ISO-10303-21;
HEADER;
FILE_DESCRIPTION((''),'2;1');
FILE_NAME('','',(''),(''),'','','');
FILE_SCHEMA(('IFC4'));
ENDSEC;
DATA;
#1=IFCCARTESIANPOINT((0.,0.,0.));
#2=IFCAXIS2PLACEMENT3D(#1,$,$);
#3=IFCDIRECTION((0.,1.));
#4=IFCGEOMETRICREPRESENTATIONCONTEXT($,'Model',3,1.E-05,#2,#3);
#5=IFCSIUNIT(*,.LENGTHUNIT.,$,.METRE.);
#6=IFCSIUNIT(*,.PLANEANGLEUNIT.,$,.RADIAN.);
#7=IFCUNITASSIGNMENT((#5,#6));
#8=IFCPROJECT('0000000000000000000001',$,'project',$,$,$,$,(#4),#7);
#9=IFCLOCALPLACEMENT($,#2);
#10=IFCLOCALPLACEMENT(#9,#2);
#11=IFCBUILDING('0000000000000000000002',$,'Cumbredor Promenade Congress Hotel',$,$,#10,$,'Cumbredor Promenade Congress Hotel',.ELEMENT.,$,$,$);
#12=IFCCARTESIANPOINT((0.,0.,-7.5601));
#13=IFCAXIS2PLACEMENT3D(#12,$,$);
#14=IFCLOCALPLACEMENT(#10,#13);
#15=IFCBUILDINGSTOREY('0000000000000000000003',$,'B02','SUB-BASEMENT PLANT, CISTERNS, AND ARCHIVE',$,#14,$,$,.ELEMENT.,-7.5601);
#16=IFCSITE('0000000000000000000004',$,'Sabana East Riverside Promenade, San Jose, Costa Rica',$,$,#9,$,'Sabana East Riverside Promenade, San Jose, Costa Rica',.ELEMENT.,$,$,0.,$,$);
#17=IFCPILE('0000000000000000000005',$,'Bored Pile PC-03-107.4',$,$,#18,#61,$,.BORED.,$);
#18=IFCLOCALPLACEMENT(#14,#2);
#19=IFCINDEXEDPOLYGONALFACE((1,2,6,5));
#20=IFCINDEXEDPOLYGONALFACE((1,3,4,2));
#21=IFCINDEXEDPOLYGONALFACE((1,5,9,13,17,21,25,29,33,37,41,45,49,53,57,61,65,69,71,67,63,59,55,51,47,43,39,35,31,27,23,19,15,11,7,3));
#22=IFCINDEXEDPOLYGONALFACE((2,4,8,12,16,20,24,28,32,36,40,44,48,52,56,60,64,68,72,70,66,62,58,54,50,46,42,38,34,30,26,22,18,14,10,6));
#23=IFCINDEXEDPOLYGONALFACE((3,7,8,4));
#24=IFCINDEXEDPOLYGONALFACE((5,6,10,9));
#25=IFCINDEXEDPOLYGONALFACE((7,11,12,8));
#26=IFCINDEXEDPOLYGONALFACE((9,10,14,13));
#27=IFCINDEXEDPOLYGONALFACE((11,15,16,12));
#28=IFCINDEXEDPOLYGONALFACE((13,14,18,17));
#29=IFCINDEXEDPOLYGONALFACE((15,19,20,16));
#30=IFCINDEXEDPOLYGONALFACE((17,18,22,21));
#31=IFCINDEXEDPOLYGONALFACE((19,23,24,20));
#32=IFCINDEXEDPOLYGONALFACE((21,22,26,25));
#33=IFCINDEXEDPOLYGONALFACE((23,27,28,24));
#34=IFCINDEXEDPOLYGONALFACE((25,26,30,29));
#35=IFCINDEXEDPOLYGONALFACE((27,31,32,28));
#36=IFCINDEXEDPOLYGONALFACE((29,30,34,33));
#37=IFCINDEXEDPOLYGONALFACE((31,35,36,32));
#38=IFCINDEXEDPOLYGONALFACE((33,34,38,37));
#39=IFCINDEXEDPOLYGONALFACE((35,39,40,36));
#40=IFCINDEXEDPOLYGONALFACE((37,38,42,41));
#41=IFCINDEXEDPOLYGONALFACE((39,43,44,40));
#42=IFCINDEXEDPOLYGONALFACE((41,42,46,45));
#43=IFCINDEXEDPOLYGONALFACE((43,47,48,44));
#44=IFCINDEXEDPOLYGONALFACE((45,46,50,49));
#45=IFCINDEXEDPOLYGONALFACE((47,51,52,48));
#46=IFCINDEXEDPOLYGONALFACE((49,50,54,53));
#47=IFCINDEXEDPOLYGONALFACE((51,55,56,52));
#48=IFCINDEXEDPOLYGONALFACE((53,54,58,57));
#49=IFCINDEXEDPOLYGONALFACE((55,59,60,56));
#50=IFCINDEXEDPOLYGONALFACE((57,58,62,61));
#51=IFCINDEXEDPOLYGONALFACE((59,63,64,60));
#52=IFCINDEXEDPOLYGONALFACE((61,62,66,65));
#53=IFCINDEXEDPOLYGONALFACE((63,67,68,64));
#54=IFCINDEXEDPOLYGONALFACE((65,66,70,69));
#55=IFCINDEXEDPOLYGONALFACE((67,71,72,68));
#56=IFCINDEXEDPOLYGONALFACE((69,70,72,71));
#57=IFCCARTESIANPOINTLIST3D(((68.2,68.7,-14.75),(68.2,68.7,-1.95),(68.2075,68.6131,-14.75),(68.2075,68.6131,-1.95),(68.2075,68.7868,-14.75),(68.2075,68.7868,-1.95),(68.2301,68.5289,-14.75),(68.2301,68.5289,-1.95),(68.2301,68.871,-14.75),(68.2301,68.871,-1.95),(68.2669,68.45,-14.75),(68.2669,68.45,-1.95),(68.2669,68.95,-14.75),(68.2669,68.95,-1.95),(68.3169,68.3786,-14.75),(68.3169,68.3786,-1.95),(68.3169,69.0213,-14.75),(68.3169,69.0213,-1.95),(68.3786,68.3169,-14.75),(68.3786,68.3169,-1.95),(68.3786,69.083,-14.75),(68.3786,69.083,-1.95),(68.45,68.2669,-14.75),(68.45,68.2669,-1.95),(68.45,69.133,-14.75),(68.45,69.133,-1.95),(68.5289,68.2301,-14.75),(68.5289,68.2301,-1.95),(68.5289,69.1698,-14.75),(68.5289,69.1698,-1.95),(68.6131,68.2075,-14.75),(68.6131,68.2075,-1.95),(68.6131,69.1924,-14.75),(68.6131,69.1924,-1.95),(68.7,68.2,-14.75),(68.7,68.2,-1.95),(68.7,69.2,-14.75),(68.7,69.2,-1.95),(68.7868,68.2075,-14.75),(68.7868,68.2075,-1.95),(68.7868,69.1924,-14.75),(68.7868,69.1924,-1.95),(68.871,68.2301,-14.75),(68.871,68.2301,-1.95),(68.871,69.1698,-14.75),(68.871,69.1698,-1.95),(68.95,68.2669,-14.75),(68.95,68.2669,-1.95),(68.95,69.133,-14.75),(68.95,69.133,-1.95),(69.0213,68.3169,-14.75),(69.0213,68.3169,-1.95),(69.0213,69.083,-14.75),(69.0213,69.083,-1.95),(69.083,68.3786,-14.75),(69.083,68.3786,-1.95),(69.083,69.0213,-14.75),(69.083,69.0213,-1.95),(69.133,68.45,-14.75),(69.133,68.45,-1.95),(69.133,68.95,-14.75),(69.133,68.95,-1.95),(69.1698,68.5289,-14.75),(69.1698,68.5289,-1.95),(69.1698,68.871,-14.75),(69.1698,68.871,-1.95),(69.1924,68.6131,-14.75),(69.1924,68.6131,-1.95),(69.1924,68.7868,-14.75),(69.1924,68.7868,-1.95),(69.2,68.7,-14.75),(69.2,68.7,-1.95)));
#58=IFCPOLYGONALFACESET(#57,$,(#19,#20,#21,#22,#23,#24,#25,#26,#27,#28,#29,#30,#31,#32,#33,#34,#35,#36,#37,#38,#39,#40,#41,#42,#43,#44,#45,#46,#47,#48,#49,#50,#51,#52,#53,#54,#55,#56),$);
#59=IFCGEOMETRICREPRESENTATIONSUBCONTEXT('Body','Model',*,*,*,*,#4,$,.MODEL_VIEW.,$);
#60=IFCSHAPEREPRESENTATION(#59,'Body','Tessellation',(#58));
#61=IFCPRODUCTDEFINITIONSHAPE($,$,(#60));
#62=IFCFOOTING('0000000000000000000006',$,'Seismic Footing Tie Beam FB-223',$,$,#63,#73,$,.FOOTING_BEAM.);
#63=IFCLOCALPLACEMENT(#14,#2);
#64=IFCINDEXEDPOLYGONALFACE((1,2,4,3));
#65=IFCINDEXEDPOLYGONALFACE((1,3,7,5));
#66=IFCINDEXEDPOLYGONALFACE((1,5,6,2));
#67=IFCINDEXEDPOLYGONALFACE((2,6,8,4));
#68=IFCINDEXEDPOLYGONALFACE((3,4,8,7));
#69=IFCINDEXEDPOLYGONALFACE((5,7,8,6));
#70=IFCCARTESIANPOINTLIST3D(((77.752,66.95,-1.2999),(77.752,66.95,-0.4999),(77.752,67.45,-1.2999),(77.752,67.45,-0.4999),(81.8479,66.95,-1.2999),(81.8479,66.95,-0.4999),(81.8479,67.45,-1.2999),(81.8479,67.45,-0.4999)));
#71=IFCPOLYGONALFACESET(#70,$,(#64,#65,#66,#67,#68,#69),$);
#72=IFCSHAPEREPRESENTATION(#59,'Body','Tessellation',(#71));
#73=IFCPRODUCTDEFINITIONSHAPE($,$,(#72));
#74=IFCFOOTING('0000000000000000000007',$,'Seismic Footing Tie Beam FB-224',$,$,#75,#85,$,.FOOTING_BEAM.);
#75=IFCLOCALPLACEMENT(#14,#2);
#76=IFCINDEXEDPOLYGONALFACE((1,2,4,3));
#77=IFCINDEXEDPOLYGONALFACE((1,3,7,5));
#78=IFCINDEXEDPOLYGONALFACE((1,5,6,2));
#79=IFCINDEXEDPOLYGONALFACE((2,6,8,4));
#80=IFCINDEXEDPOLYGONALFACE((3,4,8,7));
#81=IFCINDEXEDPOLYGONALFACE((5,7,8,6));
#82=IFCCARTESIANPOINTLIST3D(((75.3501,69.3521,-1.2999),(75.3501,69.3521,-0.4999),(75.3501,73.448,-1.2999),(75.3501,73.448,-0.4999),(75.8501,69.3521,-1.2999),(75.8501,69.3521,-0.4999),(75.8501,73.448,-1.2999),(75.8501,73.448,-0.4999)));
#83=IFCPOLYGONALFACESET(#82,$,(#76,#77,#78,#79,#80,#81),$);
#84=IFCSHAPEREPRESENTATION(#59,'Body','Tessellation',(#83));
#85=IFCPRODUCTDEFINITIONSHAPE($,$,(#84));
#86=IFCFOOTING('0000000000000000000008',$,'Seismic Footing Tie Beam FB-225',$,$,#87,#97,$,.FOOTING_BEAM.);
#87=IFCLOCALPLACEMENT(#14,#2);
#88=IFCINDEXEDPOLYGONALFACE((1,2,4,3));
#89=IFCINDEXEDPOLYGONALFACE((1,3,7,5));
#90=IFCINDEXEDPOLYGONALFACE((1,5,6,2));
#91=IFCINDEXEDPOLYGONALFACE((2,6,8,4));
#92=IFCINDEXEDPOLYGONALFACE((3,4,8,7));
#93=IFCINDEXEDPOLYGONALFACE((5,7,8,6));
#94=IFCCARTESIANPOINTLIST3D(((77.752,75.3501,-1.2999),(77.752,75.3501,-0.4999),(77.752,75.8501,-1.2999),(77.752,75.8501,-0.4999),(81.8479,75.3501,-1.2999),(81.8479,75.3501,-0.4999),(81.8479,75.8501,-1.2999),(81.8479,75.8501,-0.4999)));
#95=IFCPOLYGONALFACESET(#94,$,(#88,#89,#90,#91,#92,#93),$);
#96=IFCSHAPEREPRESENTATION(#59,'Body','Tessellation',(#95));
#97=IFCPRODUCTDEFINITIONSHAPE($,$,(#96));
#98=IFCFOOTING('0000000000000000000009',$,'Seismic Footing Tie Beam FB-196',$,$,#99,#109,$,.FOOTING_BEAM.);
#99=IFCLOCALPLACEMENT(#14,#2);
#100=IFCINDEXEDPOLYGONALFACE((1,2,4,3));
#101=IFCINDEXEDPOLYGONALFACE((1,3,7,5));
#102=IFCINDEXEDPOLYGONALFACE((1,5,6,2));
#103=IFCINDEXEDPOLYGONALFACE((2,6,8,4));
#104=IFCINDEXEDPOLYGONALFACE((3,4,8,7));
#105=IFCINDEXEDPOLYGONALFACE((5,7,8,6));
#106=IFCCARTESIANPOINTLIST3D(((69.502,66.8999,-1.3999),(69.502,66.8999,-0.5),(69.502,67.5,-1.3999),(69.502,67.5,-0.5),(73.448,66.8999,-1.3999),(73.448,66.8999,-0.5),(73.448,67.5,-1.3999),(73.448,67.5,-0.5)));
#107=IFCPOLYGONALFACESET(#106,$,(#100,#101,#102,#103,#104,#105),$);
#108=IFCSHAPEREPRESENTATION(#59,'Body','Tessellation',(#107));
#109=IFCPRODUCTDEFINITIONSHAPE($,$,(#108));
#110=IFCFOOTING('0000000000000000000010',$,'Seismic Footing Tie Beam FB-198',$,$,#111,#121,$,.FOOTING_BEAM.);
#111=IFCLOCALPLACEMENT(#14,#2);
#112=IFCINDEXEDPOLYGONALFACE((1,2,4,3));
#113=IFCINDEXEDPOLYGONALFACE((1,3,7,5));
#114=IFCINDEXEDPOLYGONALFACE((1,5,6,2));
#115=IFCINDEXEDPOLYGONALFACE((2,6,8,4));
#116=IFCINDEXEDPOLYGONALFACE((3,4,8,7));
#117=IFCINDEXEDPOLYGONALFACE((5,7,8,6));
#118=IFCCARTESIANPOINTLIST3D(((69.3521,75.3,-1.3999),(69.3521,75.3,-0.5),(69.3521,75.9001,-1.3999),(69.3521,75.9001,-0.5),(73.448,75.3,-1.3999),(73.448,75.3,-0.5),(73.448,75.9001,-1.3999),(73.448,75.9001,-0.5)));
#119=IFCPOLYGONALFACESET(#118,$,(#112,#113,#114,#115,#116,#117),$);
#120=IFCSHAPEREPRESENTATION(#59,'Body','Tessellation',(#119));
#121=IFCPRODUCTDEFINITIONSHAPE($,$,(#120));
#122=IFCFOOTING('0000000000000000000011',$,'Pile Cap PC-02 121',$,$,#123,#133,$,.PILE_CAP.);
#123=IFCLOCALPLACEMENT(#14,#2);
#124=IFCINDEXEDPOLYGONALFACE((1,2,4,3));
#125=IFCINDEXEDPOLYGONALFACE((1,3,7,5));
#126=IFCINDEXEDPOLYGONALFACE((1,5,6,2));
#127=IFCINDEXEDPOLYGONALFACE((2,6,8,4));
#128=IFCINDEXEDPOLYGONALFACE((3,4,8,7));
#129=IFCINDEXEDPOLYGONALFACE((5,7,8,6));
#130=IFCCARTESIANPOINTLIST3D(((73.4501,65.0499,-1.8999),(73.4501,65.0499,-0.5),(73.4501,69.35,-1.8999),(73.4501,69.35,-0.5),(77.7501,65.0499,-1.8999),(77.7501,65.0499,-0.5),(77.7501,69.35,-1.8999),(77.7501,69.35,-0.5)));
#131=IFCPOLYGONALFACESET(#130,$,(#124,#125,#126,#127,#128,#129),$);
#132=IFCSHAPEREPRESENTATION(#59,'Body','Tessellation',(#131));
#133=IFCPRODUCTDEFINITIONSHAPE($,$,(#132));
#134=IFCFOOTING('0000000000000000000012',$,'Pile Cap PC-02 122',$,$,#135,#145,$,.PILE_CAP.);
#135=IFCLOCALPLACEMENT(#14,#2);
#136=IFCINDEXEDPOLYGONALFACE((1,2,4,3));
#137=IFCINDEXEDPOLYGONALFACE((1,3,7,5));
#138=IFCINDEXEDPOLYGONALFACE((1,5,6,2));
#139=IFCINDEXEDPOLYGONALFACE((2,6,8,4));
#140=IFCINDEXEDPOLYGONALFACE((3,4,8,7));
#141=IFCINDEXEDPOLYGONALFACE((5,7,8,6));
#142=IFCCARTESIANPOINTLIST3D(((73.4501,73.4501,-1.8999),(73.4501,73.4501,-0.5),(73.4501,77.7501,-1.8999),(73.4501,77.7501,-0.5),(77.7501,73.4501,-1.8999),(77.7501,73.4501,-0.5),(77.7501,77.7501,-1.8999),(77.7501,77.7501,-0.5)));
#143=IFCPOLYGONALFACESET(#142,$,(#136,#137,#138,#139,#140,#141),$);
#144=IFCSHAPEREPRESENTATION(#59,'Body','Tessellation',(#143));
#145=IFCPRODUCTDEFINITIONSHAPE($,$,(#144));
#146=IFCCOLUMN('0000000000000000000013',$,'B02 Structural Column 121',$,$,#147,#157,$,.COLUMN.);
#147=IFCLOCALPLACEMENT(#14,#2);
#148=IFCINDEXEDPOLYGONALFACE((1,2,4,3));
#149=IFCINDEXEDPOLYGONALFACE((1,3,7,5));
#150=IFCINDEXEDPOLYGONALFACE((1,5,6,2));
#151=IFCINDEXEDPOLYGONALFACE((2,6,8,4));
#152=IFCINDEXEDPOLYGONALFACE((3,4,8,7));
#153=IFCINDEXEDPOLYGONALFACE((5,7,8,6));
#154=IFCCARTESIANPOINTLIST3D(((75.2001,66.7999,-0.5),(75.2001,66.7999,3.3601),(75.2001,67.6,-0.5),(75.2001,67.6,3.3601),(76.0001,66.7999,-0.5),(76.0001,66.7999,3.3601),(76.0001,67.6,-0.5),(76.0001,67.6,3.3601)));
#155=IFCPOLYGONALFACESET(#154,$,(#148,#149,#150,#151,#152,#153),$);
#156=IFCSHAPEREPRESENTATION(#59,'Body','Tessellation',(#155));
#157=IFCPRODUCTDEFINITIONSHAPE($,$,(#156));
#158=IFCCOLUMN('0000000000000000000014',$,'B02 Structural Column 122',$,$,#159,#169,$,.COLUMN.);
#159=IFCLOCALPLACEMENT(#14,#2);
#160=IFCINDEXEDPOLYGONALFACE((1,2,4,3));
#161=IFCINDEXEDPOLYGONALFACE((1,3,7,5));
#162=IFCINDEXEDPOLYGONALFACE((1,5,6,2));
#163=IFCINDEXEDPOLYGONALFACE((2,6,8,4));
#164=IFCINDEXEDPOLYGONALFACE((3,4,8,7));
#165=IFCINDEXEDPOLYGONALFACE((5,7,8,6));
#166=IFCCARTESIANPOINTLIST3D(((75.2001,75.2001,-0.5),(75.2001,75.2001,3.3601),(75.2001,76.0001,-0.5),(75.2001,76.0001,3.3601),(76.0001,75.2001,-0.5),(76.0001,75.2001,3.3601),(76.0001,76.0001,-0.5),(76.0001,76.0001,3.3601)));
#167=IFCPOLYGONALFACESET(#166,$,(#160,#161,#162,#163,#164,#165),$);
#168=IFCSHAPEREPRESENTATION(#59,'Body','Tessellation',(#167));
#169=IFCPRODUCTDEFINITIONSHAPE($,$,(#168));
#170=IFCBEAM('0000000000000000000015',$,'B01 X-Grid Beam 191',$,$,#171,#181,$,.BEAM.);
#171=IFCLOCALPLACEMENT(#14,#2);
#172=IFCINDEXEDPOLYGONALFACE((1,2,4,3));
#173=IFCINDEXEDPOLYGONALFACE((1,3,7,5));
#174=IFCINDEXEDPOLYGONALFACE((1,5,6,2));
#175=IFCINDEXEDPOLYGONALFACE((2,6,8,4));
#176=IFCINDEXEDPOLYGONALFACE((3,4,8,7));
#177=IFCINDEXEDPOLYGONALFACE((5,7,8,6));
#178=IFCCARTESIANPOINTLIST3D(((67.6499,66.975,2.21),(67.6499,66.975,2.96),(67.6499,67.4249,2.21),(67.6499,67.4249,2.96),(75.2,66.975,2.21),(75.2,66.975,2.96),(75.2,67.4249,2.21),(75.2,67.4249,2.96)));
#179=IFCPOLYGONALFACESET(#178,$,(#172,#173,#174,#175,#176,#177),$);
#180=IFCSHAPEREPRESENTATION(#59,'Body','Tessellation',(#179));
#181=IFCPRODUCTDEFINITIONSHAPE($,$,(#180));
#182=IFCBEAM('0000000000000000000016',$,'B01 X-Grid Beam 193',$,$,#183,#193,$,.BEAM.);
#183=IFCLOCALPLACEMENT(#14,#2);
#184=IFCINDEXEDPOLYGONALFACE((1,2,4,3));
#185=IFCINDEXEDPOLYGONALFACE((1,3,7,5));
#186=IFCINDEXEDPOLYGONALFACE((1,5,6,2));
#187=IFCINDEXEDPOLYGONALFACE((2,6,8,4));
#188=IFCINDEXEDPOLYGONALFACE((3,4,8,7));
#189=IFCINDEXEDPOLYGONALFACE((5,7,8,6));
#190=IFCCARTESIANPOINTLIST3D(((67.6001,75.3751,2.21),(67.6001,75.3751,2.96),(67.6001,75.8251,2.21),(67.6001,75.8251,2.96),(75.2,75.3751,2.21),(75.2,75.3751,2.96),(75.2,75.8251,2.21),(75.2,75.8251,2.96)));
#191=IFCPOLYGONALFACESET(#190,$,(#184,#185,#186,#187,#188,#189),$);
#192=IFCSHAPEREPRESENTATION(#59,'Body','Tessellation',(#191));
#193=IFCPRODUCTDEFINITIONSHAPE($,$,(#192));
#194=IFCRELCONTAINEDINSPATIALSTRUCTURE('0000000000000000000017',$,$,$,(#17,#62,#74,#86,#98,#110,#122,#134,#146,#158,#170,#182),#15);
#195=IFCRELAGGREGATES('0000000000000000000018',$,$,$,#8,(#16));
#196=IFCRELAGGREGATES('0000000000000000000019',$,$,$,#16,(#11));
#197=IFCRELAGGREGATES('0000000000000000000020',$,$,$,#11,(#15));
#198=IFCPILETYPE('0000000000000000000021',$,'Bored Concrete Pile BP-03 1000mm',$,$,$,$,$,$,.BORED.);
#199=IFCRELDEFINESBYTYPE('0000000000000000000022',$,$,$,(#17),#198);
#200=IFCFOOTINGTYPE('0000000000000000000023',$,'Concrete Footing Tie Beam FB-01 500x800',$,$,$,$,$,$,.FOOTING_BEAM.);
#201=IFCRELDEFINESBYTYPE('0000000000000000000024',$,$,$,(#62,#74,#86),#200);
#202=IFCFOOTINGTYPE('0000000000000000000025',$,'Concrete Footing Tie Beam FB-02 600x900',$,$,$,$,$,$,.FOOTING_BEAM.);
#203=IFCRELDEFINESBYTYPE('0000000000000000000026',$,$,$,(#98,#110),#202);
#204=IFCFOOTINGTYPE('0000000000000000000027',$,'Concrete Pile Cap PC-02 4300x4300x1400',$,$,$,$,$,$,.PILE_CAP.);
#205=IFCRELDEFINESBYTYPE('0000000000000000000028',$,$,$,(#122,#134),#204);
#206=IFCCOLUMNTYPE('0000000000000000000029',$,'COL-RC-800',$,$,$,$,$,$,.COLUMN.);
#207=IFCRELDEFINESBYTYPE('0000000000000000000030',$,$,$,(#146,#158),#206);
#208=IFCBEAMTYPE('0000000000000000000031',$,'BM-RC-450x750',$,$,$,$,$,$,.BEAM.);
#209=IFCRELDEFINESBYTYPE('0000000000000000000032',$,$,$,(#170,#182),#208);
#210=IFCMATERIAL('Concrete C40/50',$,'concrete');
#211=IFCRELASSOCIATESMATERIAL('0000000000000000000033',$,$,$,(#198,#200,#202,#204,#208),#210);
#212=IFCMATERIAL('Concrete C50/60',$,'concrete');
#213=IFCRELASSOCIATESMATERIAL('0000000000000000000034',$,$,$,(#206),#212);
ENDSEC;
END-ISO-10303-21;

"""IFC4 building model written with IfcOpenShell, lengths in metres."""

from ifc_helpers import new_model, si_unit, direction, frame, origin, origin_2d, place, context, subcontext, project, spatial, rectangle, circle, extrude, material, material_profile, profile_set, type_object, element, save


model = new_model("IFC4")

# Units and contexts
model_context = context("Model", 3, precision=1e-05, world=origin(), true_north=direction((0.0, 1.0)))
body_context = subcontext(model_context, "Body", "Model", "MODEL_VIEW")
ifc_project = project(units=[si_unit("LENGTHUNIT", "METRE"), si_unit("PLANEANGLEUNIT", "RADIAN")], contexts=[model_context])

# Site, building, storey
site_placement = place(None, origin())
site = spatial("IfcSite", under=ifc_project, at=site_placement, Name="Sabana East Riverside Promenade, San Jose, Costa Rica", LongName="Sabana East Riverside Promenade, San Jose, Costa Rica", CompositionType="ELEMENT", RefElevation=0.0)
building_placement = place(site_placement, origin())
building = spatial("IfcBuilding", under=site, at=building_placement, Name="Cumbredor Promenade Congress Hotel", LongName="Cumbredor Promenade Congress Hotel", CompositionType="ELEMENT")
storey_placement = place(building_placement, frame((0.0, 0.0, -7.5601)))
storey = spatial("IfcBuildingStorey", under=building, at=storey_placement, Name="B02", Description="SUB-BASEMENT PLANT, CISTERNS, AND ARCHIVE", CompositionType="ELEMENT", Elevation=-7.5601)

# Pile
ifc_material_1 = material(Name="Concrete C40/50", Category="concrete")
ifc_material_profile_1 = material_profile(ifc_material_1, circle(Radius=0.5, at=origin_2d()), Name="PILE D1000")
ifc_profile_set_1 = profile_set([ifc_material_profile_1], Name="Concrete C40/50")
pile_type_1 = type_object("IfcPileType", Name="Bored Concrete Pile BP-03 1000mm", PredefinedType="BORED", material=ifc_profile_set_1)
for number, where, z_axis, x_axis, name in (
    (1, (68.7, 68.7, -1.95), (0.0, 0.0, -1.0), (1.0, 0.0, 0.0), "Bored Pile PC-03-107.4"),
):
    element("IfcPile", number, at=place(storey_placement, frame(where, z_axis=z_axis, x_axis=x_axis)), inside=storey, type_object=pile_type_1, Name=name, PredefinedType="BORED", context=body_context, shape_type="SweptSolid", body=[
        extrude(circle(Radius=0.5, at=origin_2d()), origin(), (0.0, 0.0, 1.0), 12.8),
    ])

# Footings
ifc_material_profile_2 = material_profile(ifc_material_1, rectangle(XDim=0.5, YDim=0.8, at=origin_2d()), Name="FB 500x800")
ifc_profile_set_2 = profile_set([ifc_material_profile_2], Name="Concrete C40/50")
footing_type_1 = type_object("IfcFootingType", Name="Concrete Footing Tie Beam FB-01 500x800", PredefinedType="FOOTING_BEAM", material=ifc_profile_set_2)
for number, where, z_axis, x_axis, name in (
    (2, (77.752, 67.2, -0.8999), (1.0, 0.0, 0.0), (0.0, 1.0, 0.0), "Seismic Footing Tie Beam FB-223"),
    (3, (75.6001, 69.3521, -0.8999), (0.0, 1.0, 0.0), (-1.0, 0.0, 0.0), "Seismic Footing Tie Beam FB-224"),
    (4, (77.752, 75.6001, -0.8999), (1.0, 0.0, 0.0), (0.0, 1.0, 0.0), "Seismic Footing Tie Beam FB-225"),
):
    element("IfcFooting", number, at=place(storey_placement, frame(where, z_axis=z_axis, x_axis=x_axis)), inside=storey, type_object=footing_type_1, Name=name, PredefinedType="FOOTING_BEAM", context=body_context, shape_type="SweptSolid", body=[
        extrude(rectangle(XDim=0.5, YDim=0.8, at=origin_2d()), origin(), (0.0, 0.0, 1.0), 4.0959),
    ])
ifc_material_profile_3 = material_profile(ifc_material_1, rectangle(XDim=0.6001, YDim=0.8999, at=origin_2d()), Name="FB 600x900")
ifc_profile_set_3 = profile_set([ifc_material_profile_3], Name="Concrete C40/50")
footing_type_2 = type_object("IfcFootingType", Name="Concrete Footing Tie Beam FB-02 600x900", PredefinedType="FOOTING_BEAM", material=ifc_profile_set_3)
footing_1_placement = place(storey_placement, frame((69.502, 67.2, -0.95), z_axis=(1.0, 0.0, 0.0), x_axis=(0.0, 1.0, 0.0)))
element("IfcFooting", 5, at=footing_1_placement, inside=storey, type_object=footing_type_2, Name="Seismic Footing Tie Beam FB-196", PredefinedType="FOOTING_BEAM", context=body_context, shape_type="SweptSolid", body=[
    extrude(rectangle(XDim=0.6001, YDim=0.8999, at=origin_2d()), origin(), (0.0, 0.0, 1.0), 3.946),
])
footing_2_placement = place(storey_placement, frame((69.3521, 75.6001, -0.95), z_axis=(1.0, 0.0, 0.0), x_axis=(0.0, 1.0, 0.0)))
element("IfcFooting", 6, at=footing_2_placement, inside=storey, type_object=footing_type_2, Name="Seismic Footing Tie Beam FB-198", PredefinedType="FOOTING_BEAM", context=body_context, shape_type="SweptSolid", body=[
    extrude(rectangle(XDim=0.6001, YDim=0.8999, at=origin_2d()), origin(), (0.0, 0.0, 1.0), 4.0959),
])
footing_type_3 = type_object("IfcFootingType", Name="Concrete Pile Cap PC-02 4300x4300x1400", PredefinedType="PILE_CAP", material=ifc_material_1)
for number, where, z_axis, x_axis, name in (
    (7, (75.6001, 67.2, -1.8999), (0.0, 0.0, 1.0), (1.0, 0.0, 0.0), "Pile Cap PC-02 121"),
    (8, (75.6001, 75.6001, -1.8999), (0.0, 0.0, 1.0), (1.0, 0.0, 0.0), "Pile Cap PC-02 122"),
):
    element("IfcFooting", number, at=place(storey_placement, frame(where, z_axis=z_axis, x_axis=x_axis)), inside=storey, type_object=footing_type_3, Name=name, PredefinedType="PILE_CAP", context=body_context, shape_type="SweptSolid", body=[
        extrude(rectangle(XDim=4.3, YDim=4.3, at=origin_2d()), origin(), (0.0, 0.0, 1.0), 1.3999),
    ])

# Columns
ifc_material_2 = material(Name="Concrete C50/60", Category="concrete")
ifc_material_profile_4 = material_profile(ifc_material_2, rectangle(XDim=0.8, YDim=0.8, at=origin_2d()), Name="RC 800x800")
ifc_profile_set_4 = profile_set([ifc_material_profile_4], Name="Concrete C50/60")
column_type = type_object("IfcColumnType", Name="COL-RC-800", PredefinedType="COLUMN", material=ifc_profile_set_4)
for number, where, z_axis, x_axis, name in (
    (9, (75.6001, 67.2, -0.5), (0.0, 0.0, 1.0), (1.0, 0.0, 0.0), "B02 Structural Column 121"),
    (10, (75.6001, 75.6001, -0.5), (0.0, 0.0, 1.0), (1.0, 0.0, 0.0), "B02 Structural Column 122"),
):
    element("IfcColumn", number, at=place(storey_placement, frame(where, z_axis=z_axis, x_axis=x_axis)), inside=storey, type_object=column_type, Name=name, PredefinedType="COLUMN", context=body_context, shape_type="SweptSolid", body=[
        extrude(rectangle(XDim=0.8, YDim=0.8, at=origin_2d()), origin(), (0.0, 0.0, 1.0), 3.8601),
    ])

# Beams
ifc_material_profile_5 = material_profile(ifc_material_1, rectangle(XDim=0.45, YDim=0.75, at=origin_2d()), Name="RC BEAM 450x750")
ifc_profile_set_5 = profile_set([ifc_material_profile_5], Name="Concrete C40/50")
beam_type_1 = type_object("IfcBeamType", Name="BM-RC-450x750", PredefinedType="BEAM", material=ifc_profile_set_5)
beam_1_placement = place(storey_placement, frame((67.6499, 67.2, 2.585), z_axis=(1.0, 0.0, 0.0), x_axis=(0.0, 1.0, 0.0)))
element("IfcBeam", 11, at=beam_1_placement, inside=storey, type_object=beam_type_1, Name="B01 X-Grid Beam 191", PredefinedType="BEAM", context=body_context, shape_type="SweptSolid", body=[
    extrude(rectangle(XDim=0.45, YDim=0.75, at=origin_2d()), origin(), (0.0, 0.0, 1.0), 7.55),
])
beam_2_placement = place(storey_placement, frame((67.6001, 75.6001, 2.585), z_axis=(1.0, 0.0, 0.0), x_axis=(0.0, 1.0, 0.0)))
element("IfcBeam", 12, at=beam_2_placement, inside=storey, type_object=beam_type_1, Name="B01 X-Grid Beam 193", PredefinedType="BEAM", context=body_context, shape_type="SweptSolid", body=[
    extrude(rectangle(XDim=0.45, YDim=0.75, at=origin_2d()), origin(), (0.0, 0.0, 1.0), 7.5999),
])

save(model, "model.ifc")
